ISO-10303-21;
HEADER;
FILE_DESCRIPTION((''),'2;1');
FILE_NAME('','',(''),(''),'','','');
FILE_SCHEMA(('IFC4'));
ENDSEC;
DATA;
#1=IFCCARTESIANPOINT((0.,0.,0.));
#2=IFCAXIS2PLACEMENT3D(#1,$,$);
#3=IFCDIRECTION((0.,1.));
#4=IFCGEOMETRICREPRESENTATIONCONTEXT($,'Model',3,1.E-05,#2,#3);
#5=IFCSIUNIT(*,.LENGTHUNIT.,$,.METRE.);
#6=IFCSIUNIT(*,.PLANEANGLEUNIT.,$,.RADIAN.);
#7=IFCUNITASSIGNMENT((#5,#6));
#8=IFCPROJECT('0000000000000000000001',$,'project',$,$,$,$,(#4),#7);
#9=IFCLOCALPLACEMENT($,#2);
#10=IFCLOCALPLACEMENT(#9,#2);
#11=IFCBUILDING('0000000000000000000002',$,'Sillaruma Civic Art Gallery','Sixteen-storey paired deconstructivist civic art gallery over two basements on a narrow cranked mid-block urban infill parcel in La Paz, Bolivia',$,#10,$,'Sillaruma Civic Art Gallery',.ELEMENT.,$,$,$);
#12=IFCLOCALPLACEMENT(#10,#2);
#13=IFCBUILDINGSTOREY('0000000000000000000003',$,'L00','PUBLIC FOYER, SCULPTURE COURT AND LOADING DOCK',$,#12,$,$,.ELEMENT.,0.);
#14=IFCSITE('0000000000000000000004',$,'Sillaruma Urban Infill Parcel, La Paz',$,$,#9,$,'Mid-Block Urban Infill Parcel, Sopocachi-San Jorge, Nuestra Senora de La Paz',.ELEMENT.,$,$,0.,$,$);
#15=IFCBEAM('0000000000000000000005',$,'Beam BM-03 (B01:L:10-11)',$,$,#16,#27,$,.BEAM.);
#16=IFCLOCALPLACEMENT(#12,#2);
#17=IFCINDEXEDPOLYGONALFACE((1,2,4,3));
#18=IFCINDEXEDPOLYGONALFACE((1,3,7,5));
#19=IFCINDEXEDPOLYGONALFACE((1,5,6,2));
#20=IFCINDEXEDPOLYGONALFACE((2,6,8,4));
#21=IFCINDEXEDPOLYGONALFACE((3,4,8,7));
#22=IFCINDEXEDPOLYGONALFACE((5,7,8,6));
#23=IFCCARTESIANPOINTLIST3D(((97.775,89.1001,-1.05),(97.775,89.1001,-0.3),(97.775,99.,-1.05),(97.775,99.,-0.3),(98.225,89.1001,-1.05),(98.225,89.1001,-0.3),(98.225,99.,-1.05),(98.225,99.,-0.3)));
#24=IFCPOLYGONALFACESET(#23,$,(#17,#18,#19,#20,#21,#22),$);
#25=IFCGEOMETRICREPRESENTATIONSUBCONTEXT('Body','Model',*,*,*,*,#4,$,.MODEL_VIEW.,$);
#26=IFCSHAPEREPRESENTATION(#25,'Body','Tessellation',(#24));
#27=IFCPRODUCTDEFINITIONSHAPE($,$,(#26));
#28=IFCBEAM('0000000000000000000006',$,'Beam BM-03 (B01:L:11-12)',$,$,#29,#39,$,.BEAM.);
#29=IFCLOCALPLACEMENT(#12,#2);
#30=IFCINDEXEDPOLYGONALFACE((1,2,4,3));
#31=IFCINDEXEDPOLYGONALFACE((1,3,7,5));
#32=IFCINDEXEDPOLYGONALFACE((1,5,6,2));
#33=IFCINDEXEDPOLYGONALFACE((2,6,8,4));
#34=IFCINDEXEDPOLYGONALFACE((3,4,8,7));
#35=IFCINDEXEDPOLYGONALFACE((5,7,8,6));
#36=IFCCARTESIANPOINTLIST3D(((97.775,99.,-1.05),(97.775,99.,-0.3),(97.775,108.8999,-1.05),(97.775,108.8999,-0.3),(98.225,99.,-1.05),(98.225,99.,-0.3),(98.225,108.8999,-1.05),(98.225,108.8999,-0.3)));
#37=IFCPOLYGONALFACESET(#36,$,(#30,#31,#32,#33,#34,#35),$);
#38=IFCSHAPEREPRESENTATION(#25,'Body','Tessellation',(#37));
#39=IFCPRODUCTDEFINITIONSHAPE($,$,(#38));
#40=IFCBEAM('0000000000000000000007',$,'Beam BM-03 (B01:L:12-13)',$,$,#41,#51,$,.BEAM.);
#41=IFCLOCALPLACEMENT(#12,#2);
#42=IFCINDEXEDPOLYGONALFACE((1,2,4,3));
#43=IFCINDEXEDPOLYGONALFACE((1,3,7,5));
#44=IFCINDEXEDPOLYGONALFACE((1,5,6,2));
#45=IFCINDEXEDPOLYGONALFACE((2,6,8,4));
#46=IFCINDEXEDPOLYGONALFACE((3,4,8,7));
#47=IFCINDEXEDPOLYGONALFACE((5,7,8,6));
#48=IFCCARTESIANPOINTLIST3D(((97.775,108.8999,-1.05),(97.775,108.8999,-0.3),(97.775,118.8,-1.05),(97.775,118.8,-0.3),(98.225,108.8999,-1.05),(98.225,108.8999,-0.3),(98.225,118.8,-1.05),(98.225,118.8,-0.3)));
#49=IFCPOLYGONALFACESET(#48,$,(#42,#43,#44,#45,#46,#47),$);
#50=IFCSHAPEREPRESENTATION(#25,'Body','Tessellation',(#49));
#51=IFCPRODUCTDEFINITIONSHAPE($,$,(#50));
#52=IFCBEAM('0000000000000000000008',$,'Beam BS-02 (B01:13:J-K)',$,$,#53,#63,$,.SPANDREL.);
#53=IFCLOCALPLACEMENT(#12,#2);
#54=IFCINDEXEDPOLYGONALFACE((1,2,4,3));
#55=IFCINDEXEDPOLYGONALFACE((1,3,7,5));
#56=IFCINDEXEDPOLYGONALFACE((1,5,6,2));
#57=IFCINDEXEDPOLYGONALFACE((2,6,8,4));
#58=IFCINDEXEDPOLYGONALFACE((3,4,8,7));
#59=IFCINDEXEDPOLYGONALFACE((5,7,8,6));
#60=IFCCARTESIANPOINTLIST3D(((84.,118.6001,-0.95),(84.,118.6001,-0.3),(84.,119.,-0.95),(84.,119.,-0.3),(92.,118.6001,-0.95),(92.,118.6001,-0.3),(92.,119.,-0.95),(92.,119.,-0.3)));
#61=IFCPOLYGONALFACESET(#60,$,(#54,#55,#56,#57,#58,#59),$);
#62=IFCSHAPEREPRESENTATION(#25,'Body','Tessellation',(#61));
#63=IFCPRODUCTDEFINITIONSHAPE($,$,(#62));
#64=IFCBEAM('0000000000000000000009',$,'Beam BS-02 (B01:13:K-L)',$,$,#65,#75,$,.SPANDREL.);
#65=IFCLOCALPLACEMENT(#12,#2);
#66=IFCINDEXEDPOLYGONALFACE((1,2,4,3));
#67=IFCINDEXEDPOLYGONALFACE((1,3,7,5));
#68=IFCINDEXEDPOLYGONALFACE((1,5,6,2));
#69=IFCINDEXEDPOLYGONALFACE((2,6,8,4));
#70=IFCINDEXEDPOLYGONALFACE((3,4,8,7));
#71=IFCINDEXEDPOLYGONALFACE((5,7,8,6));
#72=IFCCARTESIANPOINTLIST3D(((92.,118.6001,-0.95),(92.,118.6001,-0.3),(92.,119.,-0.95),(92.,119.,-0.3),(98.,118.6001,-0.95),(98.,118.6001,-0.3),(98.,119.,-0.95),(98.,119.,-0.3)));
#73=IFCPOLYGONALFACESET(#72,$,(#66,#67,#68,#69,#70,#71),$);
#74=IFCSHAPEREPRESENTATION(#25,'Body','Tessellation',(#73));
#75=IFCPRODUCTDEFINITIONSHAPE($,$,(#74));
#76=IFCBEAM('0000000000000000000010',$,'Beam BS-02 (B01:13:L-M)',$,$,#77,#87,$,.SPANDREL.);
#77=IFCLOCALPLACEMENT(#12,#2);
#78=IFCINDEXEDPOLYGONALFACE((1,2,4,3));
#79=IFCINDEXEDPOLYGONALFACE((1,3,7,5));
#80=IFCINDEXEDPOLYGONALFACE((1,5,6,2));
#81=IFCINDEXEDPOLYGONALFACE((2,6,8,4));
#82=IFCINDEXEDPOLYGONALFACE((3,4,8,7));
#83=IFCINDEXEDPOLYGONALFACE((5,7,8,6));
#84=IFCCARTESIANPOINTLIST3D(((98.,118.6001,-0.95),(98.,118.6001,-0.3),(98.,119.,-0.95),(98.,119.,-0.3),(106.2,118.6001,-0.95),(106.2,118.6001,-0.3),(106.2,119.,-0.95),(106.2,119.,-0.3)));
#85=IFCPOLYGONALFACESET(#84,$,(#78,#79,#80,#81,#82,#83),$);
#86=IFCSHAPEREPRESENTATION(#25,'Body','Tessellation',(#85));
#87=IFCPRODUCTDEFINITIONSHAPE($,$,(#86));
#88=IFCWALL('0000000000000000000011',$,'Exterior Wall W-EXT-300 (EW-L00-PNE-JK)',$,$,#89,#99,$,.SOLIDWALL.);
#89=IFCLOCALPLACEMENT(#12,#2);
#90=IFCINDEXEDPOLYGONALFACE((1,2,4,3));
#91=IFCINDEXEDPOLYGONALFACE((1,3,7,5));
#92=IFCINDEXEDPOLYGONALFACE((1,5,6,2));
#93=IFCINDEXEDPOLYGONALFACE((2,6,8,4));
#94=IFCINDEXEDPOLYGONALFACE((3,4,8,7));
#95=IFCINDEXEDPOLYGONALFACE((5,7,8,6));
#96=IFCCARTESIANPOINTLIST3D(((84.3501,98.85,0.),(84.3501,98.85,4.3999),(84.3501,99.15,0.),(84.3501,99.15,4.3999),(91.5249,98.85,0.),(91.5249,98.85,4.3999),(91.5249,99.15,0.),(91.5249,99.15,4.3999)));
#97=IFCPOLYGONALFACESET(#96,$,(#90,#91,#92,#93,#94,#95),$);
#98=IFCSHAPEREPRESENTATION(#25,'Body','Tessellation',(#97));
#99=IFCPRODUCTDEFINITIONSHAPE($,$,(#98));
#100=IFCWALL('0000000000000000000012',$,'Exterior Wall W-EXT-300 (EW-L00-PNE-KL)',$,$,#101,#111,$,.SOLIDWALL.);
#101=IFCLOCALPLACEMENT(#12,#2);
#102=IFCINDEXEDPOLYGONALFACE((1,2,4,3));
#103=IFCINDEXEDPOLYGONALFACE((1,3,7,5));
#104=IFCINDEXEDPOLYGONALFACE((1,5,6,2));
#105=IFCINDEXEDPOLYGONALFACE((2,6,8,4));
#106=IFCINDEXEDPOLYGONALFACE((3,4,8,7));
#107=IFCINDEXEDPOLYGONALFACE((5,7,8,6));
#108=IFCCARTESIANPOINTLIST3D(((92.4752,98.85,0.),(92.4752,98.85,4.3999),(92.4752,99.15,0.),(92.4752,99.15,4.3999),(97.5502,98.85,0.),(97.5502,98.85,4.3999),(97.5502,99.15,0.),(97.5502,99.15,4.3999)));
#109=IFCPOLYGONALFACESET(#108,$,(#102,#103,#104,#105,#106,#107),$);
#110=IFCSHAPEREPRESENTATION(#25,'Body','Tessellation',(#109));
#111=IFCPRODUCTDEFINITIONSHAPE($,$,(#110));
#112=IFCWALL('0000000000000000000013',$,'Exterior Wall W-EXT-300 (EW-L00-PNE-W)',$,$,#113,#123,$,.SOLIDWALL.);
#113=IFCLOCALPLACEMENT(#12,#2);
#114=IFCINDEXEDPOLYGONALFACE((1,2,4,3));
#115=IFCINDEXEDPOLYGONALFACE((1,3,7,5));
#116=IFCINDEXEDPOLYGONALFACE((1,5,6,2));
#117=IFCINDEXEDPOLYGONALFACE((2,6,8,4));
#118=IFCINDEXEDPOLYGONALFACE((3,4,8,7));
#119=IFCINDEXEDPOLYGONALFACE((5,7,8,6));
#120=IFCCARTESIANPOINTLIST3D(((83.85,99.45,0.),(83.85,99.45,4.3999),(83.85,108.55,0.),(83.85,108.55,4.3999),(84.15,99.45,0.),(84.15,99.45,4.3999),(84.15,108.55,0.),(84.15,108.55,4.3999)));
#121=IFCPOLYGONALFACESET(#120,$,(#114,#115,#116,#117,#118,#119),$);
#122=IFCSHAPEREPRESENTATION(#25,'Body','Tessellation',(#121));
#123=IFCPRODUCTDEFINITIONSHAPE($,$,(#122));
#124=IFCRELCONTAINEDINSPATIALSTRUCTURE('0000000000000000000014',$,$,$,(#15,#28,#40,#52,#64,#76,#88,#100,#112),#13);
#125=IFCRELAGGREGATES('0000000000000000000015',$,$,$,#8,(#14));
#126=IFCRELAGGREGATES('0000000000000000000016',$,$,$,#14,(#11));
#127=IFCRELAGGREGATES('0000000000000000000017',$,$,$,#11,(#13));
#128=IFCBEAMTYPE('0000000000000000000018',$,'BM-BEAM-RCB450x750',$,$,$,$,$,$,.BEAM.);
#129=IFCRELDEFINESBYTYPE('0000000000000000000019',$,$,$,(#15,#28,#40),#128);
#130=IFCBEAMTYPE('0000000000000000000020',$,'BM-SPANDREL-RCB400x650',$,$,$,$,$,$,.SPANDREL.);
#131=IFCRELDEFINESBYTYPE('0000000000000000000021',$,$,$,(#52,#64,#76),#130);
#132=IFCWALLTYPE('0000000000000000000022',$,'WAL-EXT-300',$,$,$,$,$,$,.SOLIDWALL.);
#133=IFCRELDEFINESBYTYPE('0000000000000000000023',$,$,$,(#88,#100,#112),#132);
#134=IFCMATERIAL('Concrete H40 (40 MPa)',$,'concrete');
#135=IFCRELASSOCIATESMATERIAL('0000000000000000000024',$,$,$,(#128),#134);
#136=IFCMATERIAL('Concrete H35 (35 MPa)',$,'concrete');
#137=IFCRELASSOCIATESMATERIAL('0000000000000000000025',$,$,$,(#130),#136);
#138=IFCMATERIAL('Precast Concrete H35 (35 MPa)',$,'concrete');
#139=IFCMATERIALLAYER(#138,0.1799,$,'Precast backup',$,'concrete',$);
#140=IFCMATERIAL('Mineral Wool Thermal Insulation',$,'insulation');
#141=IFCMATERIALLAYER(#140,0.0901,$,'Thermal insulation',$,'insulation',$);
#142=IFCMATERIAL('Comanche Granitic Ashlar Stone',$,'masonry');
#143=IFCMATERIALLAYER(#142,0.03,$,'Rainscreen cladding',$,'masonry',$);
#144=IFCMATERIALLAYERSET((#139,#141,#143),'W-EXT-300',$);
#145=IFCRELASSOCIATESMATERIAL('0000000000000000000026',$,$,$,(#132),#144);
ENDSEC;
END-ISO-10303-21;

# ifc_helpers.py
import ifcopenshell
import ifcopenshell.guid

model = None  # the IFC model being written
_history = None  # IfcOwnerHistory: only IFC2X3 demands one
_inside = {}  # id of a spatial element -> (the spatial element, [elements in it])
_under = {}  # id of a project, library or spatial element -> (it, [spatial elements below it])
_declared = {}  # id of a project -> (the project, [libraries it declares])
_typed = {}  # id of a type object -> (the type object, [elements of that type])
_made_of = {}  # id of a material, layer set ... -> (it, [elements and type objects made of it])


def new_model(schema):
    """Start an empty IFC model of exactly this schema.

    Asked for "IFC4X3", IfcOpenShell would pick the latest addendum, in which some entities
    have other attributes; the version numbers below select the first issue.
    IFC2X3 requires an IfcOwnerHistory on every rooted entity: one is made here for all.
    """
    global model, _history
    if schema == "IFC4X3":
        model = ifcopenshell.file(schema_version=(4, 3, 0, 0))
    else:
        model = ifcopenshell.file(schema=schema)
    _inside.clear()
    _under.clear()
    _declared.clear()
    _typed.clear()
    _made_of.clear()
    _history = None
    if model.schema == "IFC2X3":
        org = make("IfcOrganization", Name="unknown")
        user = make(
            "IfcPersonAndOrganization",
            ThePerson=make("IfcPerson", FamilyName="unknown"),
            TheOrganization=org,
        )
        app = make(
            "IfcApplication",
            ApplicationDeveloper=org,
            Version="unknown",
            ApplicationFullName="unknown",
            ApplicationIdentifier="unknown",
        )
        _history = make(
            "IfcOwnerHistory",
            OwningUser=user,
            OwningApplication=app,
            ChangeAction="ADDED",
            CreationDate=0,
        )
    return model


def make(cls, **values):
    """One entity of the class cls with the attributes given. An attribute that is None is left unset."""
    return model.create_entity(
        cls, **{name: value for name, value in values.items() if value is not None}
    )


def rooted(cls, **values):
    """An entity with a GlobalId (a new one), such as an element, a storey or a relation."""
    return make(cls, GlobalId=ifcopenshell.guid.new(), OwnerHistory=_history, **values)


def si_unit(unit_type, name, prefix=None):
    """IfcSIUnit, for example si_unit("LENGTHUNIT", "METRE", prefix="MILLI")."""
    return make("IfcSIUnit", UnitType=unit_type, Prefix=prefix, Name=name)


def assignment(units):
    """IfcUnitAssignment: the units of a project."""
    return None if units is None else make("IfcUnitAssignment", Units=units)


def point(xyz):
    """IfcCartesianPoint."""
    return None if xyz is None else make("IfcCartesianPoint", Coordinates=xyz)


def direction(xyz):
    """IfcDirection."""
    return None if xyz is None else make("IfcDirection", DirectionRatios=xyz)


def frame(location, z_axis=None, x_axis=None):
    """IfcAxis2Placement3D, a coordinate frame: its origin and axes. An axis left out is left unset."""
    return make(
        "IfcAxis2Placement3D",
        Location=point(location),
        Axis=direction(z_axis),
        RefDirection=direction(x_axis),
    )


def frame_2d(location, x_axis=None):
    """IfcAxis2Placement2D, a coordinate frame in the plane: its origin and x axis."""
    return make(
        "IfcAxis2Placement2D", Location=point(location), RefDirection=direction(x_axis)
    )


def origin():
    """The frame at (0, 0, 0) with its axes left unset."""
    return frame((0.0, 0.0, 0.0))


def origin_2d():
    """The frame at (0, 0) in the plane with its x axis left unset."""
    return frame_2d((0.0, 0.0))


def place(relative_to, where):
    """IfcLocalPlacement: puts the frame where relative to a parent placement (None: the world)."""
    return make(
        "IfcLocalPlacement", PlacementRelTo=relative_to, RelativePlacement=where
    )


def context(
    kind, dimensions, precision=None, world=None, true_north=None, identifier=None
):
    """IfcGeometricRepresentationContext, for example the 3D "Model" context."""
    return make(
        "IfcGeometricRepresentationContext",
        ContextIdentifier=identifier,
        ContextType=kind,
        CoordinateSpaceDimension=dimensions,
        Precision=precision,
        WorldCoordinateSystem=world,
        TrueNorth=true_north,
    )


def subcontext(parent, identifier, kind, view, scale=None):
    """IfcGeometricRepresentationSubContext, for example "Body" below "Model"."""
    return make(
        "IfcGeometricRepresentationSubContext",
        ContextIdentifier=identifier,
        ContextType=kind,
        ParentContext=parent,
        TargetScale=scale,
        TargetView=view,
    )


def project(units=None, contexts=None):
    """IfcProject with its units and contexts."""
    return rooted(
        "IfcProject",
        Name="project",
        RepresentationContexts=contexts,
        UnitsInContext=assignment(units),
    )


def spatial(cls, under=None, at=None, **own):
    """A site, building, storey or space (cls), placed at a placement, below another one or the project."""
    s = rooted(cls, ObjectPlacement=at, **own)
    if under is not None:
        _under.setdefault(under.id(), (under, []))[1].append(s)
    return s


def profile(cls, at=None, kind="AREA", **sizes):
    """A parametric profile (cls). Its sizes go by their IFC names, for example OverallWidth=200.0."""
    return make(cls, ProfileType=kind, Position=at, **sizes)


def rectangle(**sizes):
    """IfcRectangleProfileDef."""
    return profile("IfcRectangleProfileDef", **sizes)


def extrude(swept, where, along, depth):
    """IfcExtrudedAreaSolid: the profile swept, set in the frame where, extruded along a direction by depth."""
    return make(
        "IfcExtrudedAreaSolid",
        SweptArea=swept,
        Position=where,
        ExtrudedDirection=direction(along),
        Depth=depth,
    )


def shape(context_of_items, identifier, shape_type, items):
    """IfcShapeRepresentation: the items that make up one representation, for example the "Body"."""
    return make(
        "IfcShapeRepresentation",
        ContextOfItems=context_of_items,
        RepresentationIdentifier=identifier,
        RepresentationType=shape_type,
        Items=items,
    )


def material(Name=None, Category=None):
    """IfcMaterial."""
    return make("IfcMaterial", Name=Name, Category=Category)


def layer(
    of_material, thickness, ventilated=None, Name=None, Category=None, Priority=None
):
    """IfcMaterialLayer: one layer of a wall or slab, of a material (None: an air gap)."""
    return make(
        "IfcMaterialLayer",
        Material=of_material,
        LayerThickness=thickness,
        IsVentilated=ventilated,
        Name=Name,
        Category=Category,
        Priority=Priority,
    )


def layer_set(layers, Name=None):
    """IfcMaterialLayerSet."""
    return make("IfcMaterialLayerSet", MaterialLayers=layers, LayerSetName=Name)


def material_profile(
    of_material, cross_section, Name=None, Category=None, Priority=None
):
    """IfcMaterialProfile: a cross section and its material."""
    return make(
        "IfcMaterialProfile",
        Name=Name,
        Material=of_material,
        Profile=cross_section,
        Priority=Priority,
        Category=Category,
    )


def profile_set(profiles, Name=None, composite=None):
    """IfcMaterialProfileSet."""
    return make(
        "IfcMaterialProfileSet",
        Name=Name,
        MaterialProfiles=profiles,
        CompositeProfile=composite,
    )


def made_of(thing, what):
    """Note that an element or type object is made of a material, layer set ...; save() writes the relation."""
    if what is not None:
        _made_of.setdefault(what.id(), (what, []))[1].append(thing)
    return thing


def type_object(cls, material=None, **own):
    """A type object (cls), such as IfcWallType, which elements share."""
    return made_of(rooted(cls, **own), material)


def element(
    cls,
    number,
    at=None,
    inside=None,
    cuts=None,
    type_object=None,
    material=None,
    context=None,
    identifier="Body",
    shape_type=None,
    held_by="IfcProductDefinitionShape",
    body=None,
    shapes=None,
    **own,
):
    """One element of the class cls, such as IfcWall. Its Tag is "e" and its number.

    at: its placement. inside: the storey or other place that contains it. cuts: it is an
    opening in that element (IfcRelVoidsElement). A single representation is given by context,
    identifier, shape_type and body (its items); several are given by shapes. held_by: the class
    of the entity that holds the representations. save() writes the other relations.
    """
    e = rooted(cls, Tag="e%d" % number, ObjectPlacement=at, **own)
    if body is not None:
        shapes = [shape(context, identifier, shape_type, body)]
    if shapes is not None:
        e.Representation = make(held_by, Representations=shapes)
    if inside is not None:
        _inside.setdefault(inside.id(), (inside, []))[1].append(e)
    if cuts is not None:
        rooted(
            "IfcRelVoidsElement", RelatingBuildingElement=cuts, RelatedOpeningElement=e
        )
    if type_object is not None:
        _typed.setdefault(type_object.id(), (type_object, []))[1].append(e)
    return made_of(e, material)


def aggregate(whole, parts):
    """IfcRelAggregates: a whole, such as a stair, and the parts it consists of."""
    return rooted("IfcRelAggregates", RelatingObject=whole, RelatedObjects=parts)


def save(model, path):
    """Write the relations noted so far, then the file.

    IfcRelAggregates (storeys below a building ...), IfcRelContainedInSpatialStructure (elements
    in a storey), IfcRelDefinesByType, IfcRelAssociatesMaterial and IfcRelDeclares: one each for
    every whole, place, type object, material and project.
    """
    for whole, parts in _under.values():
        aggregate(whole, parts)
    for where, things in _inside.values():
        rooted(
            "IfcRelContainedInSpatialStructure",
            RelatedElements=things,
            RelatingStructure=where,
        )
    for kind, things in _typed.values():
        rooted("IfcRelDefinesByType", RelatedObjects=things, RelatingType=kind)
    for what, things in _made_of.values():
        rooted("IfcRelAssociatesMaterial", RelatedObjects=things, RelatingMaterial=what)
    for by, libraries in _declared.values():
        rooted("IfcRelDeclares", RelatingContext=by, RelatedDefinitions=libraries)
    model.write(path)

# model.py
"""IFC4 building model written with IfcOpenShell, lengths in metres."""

from ifc_helpers import new_model, si_unit, direction, frame, frame_2d, origin, origin_2d, place, context, subcontext, project, spatial, rectangle, extrude, material, layer, layer_set, material_profile, profile_set, type_object, element, save


model = new_model("IFC4")

# Units and contexts
model_context = context("Model", 3, precision=1e-05, world=origin(), true_north=direction((0.0, 1.0)))
body_context = subcontext(model_context, "Body", "Model", "MODEL_VIEW")
ifc_project = project(units=[si_unit("LENGTHUNIT", "METRE"), si_unit("PLANEANGLEUNIT", "RADIAN")], contexts=[model_context])

# Site, building, storey
site_placement = place(None, origin())
site = spatial("IfcSite", under=ifc_project, at=site_placement, Name="Sillaruma Urban Infill Parcel, La Paz", LongName="Mid-Block Urban Infill Parcel, Sopocachi-San Jorge, Nuestra Senora de La Paz", CompositionType="ELEMENT", RefElevation=0.0)
building_placement = place(site_placement, origin())
building = spatial("IfcBuilding", under=site, at=building_placement, Name="Sillaruma Civic Art Gallery", Description="Sixteen-storey paired deconstructivist civic art gallery over two basements on a narrow cranked mid-block urban infill parcel in La Paz, Bolivia", LongName="Sillaruma Civic Art Gallery", CompositionType="ELEMENT")
storey_placement = place(building_placement, origin())
storey = spatial("IfcBuildingStorey", under=building, at=storey_placement, Name="L00", Description="PUBLIC FOYER, SCULPTURE COURT AND LOADING DOCK", CompositionType="ELEMENT", Elevation=0.0)

# Shared definitions
ifc_material_1 = material(Name="Concrete H40 (40 MPa)", Category="concrete")

# Beams
ifc_material_2 = material(Name="Concrete H35 (35 MPa)", Category="concrete")
ifc_material_profile_1 = material_profile(ifc_material_1, rectangle(XDim=0.45, YDim=0.75, at=origin_2d()), Name="RCB450x750")
ifc_profile_set_1 = profile_set([ifc_material_profile_1], Name="Concrete H40 (40 MPa)")
beam_type_1 = type_object("IfcBeamType", Name="BM-BEAM-RCB450x750", PredefinedType="BEAM", material=ifc_profile_set_1)
for number, where, z_axis, x_axis, name in (
    (1, (98.0, 89.1001, -0.675), (0.0, 1.0, 0.0), (-1.0, 0.0, 0.0), "Beam BM-03 (B01:L:10-11)"),
    (2, (98.0, 99.0, -0.675), (0.0, 1.0, 0.0), (-1.0, 0.0, 0.0), "Beam BM-03 (B01:L:11-12)"),
):
    element("IfcBeam", number, at=place(storey_placement, frame(where, z_axis=z_axis, x_axis=x_axis)), inside=storey, type_object=beam_type_1, Name=name, PredefinedType="BEAM", context=body_context, shape_type="SweptSolid", body=[
        extrude(rectangle(XDim=0.45, YDim=0.75, at=origin_2d()), origin(), (0.0, 0.0, 1.0), 9.8999),
    ])
beam_1_placement = place(storey_placement, frame((98.0, 108.8999, -0.675), z_axis=(0.0, 1.0, 0.0), x_axis=(-1.0, 0.0, 0.0)))
element("IfcBeam", 3, at=beam_1_placement, inside=storey, type_object=beam_type_1, Name="Beam BM-03 (B01:L:12-13)", PredefinedType="BEAM", context=body_context, shape_type="SweptSolid", body=[
    extrude(rectangle(XDim=0.45, YDim=0.75, at=origin_2d()), origin(), (0.0, 0.0, 1.0), 9.9001),
])
ifc_material_profile_2 = material_profile(ifc_material_2, rectangle(XDim=0.3999, YDim=0.6499, at=origin_2d()), Name="RCB400x650")
ifc_profile_set_2 = profile_set([ifc_material_profile_2], Name="Concrete H35 (35 MPa)")
beam_type_2 = type_object("IfcBeamType", Name="BM-SPANDREL-RCB400x650", PredefinedType="SPANDREL", material=ifc_profile_set_2)
beam_2_placement = place(storey_placement, frame((84.0, 118.8, -0.625), z_axis=(1.0, 0.0, 0.0), x_axis=(0.0, 1.0, 0.0)))
element("IfcBeam", 4, at=beam_2_placement, inside=storey, type_object=beam_type_2, Name="Beam BS-02 (B01:13:J-K)", PredefinedType="SPANDREL", context=body_context, shape_type="SweptSolid", body=[
    extrude(rectangle(XDim=0.3999, YDim=0.6499, at=origin_2d()), origin(), (0.0, 0.0, 1.0), 8.0),
])
beam_3_placement = place(storey_placement, frame((92.0, 118.8, -0.625), z_axis=(1.0, 0.0, 0.0), x_axis=(0.0, 1.0, 0.0)))
element("IfcBeam", 5, at=beam_3_placement, inside=storey, type_object=beam_type_2, Name="Beam BS-02 (B01:13:K-L)", PredefinedType="SPANDREL", context=body_context, shape_type="SweptSolid", body=[
    extrude(rectangle(XDim=0.3999, YDim=0.6499, at=origin_2d()), origin(), (0.0, 0.0, 1.0), 6.0),
])
beam_4_placement = place(storey_placement, frame((98.0, 118.8, -0.625), z_axis=(1.0, 0.0, 0.0), x_axis=(0.0, 1.0, 0.0)))
element("IfcBeam", 6, at=beam_4_placement, inside=storey, type_object=beam_type_2, Name="Beam BS-02 (B01:13:L-M)", PredefinedType="SPANDREL", context=body_context, shape_type="SweptSolid", body=[
    extrude(rectangle(XDim=0.3999, YDim=0.6499, at=origin_2d()), origin(), (0.0, 0.0, 1.0), 8.2),
])

# Walls
ifc_material_3 = material(Name="Precast Concrete H35 (35 MPa)", Category="concrete")
ifc_layer_1 = layer(ifc_material_3, 0.1799, Name="Precast backup", Category="concrete")
ifc_material_4 = material(Name="Mineral Wool Thermal Insulation", Category="insulation")
ifc_layer_2 = layer(ifc_material_4, 0.0901, Name="Thermal insulation", Category="insulation")
ifc_material_5 = material(Name="Comanche Granitic Ashlar Stone", Category="masonry")
ifc_layer_3 = layer(ifc_material_5, 0.03, Name="Rainscreen cladding", Category="masonry")
ifc_layer_set = layer_set([ifc_layer_1, ifc_layer_2, ifc_layer_3], Name="W-EXT-300")
wall_type = type_object("IfcWallType", Name="WAL-EXT-300", PredefinedType="SOLIDWALL", material=ifc_layer_set)
wall_1_placement = place(storey_placement, frame((84.3501, 99.0, 0.0), z_axis=(0.0, 0.0, 1.0), x_axis=(1.0, 0.0, 0.0)))
element("IfcWall", 7, at=wall_1_placement, inside=storey, type_object=wall_type, Name="Exterior Wall W-EXT-300 (EW-L00-PNE-JK)", PredefinedType="SOLIDWALL", context=body_context, shape_type="SweptSolid", body=[
    extrude(rectangle(XDim=7.1748, YDim=0.3, at=frame_2d((3.5874, 0.0))), origin(), (0.0, 0.0, 1.0), 4.3999),
])
wall_2_placement = place(storey_placement, frame((92.4751, 99.0, 0.0), z_axis=(0.0, 0.0, 1.0), x_axis=(1.0, 0.0, 0.0)))
element("IfcWall", 8, at=wall_2_placement, inside=storey, type_object=wall_type, Name="Exterior Wall W-EXT-300 (EW-L00-PNE-KL)", PredefinedType="SOLIDWALL", context=body_context, shape_type="SweptSolid", body=[
    extrude(rectangle(XDim=5.075, YDim=0.3, at=frame_2d((2.5376, 0.0))), origin(), (0.0, 0.0, 1.0), 4.3999),
])

# Wall
wall_3_placement = place(storey_placement, frame((84.0, 99.45, 0.0), z_axis=(0.0, 0.0, 1.0), x_axis=(0.0, 1.0, 0.0)))
element("IfcWall", 9, at=wall_3_placement, inside=storey, type_object=wall_type, Name="Exterior Wall W-EXT-300 (EW-L00-PNE-W)", PredefinedType="SOLIDWALL", context=body_context, shape_type="SweptSolid", body=[
    extrude(rectangle(XDim=9.1001, YDim=0.3, at=frame_2d((4.55, 0.0))), origin(), (0.0, 0.0, 1.0), 4.3999),
])

save(model, "model.ifc")
